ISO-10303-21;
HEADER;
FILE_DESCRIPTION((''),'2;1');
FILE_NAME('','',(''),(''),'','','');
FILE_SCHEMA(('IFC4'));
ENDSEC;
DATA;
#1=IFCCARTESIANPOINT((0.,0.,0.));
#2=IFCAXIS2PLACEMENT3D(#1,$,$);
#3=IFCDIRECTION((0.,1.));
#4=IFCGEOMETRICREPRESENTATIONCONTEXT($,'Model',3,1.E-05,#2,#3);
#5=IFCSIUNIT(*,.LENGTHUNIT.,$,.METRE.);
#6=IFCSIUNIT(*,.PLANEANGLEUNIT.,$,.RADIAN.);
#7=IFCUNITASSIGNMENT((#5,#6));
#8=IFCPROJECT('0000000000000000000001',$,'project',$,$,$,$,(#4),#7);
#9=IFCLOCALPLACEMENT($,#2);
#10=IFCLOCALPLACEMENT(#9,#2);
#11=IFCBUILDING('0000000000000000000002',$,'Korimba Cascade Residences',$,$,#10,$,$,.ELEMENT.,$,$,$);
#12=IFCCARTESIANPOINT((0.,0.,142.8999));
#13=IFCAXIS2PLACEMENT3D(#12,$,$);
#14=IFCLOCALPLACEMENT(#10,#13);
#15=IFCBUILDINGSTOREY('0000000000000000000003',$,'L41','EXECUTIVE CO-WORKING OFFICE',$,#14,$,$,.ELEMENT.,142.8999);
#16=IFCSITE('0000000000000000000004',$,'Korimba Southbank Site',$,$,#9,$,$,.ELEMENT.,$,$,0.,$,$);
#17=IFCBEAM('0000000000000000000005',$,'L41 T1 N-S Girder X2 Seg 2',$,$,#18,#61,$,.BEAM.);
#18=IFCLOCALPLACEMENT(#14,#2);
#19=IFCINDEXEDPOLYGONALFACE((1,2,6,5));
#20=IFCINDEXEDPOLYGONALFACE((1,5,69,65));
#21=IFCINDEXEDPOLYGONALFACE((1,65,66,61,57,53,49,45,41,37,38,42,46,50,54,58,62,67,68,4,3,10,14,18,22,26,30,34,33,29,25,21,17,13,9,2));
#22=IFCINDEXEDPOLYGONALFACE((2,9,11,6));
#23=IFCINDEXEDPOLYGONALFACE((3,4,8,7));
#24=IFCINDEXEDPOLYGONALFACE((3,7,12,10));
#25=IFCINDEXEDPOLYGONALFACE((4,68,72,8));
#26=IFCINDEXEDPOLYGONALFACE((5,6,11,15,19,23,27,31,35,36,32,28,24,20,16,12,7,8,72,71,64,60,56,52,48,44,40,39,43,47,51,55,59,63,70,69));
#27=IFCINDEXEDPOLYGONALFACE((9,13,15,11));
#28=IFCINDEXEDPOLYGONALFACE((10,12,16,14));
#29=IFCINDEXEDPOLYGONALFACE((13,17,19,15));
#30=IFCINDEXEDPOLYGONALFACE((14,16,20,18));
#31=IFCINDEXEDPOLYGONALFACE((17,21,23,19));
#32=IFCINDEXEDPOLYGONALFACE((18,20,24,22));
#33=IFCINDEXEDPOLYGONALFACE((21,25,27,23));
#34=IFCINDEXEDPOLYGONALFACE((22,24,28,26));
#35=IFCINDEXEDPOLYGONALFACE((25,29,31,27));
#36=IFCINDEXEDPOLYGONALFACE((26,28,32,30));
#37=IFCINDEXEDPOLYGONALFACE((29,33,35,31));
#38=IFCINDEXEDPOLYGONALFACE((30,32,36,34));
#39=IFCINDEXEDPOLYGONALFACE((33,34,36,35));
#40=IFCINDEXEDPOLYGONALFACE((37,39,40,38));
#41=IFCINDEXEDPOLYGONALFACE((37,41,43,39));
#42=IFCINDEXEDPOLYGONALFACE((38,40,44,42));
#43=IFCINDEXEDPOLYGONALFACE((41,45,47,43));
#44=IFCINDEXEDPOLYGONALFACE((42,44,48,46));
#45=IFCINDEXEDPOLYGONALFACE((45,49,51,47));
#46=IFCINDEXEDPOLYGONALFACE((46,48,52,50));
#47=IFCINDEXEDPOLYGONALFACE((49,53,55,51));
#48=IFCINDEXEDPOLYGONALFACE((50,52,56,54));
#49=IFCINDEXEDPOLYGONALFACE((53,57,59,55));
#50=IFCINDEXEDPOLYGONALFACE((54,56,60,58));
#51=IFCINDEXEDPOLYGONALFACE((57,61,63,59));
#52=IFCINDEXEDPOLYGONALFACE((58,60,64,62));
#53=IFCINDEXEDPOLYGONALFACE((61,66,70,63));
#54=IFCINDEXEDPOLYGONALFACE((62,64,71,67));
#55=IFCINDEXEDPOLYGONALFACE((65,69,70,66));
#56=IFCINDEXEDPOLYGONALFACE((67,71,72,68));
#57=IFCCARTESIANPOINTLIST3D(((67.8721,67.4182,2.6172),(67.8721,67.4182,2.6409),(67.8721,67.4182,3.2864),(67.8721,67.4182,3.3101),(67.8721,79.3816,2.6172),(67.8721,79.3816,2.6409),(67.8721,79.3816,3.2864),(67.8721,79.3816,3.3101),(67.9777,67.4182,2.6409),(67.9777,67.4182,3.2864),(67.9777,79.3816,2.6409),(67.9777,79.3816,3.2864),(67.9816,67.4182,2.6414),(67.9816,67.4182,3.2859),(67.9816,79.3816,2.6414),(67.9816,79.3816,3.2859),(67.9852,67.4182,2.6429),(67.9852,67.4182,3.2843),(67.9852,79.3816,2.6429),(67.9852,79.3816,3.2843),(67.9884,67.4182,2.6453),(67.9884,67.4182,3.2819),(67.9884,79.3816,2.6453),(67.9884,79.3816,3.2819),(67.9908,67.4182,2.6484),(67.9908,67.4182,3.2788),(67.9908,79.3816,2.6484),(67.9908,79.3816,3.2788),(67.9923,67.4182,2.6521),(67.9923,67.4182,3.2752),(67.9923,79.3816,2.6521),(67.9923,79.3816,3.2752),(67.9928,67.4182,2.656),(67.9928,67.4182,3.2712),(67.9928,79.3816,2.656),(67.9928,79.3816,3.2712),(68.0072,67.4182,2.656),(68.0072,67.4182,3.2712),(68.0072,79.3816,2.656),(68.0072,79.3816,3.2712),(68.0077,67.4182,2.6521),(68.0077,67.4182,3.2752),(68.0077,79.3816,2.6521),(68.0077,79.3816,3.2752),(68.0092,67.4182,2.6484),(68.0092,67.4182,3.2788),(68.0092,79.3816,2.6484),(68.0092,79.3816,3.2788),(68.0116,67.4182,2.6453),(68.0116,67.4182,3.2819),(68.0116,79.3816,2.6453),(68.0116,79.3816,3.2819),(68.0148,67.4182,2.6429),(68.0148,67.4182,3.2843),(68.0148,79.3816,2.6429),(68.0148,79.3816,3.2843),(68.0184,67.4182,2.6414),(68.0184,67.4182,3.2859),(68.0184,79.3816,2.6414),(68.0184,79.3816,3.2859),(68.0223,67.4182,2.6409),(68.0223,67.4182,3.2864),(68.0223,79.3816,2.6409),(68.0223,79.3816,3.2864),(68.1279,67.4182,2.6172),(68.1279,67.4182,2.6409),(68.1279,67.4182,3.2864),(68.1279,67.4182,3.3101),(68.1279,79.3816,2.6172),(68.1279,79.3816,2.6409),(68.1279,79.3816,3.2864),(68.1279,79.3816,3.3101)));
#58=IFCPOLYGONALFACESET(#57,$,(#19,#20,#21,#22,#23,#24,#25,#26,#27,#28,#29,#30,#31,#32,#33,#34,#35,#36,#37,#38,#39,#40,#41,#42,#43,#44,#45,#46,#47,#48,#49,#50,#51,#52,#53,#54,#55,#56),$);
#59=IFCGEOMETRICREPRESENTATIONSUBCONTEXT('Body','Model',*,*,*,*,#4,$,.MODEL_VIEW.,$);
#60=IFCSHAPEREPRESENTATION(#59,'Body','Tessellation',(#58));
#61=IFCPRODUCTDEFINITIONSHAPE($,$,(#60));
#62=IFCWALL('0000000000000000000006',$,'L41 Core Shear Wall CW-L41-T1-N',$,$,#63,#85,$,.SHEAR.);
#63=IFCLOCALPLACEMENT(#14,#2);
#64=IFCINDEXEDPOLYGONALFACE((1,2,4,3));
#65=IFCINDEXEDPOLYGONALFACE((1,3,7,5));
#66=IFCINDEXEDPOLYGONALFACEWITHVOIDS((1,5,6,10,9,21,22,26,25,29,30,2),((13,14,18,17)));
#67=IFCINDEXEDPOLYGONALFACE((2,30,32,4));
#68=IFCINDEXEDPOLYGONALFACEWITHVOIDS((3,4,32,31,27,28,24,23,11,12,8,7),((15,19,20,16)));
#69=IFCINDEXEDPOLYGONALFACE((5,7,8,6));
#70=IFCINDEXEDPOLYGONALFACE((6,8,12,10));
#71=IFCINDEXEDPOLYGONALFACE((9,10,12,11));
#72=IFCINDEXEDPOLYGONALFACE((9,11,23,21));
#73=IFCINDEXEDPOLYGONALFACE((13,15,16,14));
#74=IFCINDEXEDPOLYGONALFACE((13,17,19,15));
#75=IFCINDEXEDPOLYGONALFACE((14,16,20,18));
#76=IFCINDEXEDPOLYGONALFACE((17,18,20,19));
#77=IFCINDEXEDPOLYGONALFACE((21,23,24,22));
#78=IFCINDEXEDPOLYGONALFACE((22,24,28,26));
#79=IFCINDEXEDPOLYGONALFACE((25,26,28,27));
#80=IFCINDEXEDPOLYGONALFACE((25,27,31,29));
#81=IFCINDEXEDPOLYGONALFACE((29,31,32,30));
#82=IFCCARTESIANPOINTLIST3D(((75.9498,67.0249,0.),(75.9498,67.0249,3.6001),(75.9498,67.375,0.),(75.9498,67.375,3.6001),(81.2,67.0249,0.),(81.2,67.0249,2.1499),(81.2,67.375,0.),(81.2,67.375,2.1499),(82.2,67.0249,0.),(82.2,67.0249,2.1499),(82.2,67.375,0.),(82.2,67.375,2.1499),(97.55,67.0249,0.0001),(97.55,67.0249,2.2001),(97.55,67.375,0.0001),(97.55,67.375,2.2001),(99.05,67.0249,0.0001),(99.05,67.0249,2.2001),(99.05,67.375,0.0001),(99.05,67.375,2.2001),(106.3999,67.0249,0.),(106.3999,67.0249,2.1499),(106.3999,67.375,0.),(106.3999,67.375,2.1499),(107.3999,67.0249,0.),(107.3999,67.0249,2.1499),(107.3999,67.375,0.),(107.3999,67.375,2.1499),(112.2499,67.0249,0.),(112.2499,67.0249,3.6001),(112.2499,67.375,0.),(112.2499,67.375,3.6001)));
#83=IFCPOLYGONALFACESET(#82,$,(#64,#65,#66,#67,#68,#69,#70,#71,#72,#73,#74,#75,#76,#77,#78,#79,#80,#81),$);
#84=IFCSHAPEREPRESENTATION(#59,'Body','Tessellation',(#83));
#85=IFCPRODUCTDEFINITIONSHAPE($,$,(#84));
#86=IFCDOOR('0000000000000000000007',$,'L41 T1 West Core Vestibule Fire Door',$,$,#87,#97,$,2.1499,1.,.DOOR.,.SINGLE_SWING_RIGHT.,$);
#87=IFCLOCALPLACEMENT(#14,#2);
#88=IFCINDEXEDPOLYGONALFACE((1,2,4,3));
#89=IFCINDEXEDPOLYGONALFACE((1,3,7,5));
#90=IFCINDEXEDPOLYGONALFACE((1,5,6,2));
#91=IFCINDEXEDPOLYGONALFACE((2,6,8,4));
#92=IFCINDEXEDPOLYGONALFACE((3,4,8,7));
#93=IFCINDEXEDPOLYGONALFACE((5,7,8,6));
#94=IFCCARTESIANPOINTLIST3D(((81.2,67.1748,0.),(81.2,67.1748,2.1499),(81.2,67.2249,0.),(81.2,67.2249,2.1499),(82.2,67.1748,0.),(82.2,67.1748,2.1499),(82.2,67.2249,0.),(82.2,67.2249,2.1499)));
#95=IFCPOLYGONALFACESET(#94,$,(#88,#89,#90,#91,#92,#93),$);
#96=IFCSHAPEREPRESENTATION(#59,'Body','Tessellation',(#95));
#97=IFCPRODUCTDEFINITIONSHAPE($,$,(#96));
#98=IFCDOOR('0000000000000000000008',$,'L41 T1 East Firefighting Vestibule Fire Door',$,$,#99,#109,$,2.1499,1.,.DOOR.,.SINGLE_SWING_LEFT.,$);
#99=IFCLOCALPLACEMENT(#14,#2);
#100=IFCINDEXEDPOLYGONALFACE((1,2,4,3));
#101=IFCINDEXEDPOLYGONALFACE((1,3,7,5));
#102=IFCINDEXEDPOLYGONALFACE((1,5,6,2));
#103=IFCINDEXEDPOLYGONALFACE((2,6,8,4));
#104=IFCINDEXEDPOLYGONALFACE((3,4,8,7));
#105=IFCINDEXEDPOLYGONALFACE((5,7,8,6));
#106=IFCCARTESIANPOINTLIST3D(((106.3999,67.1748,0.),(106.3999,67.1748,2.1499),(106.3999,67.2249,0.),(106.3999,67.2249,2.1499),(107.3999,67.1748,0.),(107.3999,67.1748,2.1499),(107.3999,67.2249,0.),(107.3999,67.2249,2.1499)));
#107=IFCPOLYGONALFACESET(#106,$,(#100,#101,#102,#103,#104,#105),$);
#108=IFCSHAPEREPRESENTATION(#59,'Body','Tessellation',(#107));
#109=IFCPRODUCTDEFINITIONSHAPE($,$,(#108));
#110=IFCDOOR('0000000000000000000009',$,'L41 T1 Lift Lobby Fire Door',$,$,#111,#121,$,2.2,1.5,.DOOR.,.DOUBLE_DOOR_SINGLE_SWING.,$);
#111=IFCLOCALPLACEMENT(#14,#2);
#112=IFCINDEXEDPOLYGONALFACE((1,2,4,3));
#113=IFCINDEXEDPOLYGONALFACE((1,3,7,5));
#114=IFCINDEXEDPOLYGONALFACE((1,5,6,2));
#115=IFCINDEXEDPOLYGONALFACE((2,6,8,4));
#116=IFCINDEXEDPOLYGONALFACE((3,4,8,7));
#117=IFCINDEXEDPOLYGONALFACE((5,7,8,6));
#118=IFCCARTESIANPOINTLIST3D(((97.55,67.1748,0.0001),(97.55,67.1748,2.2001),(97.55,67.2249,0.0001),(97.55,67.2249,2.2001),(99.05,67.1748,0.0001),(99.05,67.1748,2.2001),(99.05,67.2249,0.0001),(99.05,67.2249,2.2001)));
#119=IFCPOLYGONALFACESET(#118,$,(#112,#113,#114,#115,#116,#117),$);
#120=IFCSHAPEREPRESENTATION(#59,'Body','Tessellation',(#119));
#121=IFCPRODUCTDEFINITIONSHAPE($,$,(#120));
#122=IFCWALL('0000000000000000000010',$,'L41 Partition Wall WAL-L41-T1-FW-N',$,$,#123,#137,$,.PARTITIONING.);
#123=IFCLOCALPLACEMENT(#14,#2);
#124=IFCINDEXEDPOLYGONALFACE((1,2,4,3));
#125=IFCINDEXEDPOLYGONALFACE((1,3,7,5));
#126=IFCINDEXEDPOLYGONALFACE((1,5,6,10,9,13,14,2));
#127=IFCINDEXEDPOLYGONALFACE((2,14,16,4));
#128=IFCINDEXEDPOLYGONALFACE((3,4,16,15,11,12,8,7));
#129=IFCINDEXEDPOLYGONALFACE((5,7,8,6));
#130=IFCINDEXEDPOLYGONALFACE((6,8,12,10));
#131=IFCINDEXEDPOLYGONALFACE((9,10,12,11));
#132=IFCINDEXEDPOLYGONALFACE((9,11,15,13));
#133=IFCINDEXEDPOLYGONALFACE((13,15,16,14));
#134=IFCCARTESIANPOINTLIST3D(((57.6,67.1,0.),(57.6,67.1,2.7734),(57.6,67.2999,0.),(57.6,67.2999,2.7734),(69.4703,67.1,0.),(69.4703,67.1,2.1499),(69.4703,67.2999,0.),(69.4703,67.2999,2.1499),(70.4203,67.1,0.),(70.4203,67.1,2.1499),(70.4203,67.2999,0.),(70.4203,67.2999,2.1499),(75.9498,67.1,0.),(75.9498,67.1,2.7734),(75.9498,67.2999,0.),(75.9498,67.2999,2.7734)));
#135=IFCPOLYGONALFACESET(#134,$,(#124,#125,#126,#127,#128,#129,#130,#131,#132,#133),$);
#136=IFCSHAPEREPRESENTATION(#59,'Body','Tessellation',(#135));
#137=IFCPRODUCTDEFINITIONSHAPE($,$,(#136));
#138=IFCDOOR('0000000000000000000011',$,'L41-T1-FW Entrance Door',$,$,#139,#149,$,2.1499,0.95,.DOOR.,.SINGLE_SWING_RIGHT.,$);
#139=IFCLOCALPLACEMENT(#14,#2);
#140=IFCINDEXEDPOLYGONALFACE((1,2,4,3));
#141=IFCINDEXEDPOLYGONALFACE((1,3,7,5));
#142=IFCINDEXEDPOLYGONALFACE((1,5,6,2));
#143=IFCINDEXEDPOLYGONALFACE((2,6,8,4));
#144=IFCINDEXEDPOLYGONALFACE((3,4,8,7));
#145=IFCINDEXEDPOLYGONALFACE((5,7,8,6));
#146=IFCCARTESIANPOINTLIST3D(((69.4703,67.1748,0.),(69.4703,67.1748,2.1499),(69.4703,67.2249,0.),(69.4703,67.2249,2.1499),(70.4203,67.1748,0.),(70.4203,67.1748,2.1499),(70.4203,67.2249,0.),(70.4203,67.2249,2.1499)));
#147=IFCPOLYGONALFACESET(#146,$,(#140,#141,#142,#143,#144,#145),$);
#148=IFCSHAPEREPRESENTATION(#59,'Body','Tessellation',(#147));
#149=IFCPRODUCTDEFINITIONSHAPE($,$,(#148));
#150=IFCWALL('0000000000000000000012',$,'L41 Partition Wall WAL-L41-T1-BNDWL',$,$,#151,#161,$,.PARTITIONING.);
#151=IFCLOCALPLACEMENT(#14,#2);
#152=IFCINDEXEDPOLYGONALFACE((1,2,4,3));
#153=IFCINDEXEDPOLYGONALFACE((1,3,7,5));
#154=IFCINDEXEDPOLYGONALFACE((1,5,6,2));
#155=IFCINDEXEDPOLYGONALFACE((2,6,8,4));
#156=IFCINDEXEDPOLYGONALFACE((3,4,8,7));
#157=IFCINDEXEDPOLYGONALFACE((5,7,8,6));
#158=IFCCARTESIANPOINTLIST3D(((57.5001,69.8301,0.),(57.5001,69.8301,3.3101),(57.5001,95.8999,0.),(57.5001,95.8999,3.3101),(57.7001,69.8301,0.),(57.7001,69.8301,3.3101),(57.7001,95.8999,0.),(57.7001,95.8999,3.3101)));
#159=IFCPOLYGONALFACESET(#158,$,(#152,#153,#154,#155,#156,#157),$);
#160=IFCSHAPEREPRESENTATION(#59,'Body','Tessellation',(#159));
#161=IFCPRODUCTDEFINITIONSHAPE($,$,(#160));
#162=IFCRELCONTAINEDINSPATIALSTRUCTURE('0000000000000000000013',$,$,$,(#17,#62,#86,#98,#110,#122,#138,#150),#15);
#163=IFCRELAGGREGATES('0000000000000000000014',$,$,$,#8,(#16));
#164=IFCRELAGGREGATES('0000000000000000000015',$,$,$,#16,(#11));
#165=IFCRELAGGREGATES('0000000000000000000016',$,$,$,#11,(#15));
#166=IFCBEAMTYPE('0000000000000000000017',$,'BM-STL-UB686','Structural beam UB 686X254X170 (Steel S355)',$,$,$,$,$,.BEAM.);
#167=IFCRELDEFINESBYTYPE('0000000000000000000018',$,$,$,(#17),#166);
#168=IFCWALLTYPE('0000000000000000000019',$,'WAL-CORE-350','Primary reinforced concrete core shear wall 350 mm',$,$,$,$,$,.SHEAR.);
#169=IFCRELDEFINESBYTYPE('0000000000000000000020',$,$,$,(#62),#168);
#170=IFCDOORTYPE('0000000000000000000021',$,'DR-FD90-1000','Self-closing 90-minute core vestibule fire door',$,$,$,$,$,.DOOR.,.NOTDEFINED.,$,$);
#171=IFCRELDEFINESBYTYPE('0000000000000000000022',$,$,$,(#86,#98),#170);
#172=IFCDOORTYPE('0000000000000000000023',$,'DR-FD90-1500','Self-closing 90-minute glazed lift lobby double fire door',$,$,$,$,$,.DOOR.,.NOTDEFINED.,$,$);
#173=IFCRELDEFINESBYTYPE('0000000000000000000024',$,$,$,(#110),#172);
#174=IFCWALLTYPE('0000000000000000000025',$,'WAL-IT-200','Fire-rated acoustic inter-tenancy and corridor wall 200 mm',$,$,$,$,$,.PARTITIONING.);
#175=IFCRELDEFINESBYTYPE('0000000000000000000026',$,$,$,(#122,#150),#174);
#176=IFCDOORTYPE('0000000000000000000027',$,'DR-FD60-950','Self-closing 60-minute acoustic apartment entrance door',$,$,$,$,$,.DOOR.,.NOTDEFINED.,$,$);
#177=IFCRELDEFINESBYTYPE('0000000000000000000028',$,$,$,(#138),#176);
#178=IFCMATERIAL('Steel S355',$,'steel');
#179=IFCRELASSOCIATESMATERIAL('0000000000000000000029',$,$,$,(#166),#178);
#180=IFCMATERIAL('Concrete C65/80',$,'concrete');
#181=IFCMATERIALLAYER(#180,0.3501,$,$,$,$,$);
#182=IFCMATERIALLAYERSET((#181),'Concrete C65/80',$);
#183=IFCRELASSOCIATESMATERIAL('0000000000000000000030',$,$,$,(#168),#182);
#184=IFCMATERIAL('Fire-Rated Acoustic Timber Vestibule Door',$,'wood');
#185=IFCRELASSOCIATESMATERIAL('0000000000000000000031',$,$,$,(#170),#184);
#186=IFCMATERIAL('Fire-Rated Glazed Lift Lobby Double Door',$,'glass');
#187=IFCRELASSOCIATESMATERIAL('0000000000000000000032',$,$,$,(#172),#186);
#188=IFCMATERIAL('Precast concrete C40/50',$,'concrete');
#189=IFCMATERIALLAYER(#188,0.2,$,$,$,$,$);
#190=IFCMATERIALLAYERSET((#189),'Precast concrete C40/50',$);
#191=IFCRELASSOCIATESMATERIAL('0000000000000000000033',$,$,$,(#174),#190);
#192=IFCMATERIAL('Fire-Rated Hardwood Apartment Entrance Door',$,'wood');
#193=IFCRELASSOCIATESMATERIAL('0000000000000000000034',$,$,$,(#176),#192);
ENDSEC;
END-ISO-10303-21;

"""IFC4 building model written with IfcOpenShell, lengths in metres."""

from ifc_helpers import new_model, si_unit, direction, frame, frame_2d, origin, origin_2d, place, context, subcontext, project, spatial, rectangle, i_section, extrude, material, layer, layer_set, material_profile, profile_set, type_object, element, fill, save


model = new_model("IFC4")

# Units and contexts
model_context = context("Model", 3, precision=1e-05, world=origin(), true_north=direction((0.0, 1.0)))
body_context = subcontext(model_context, "Body", "Model", "MODEL_VIEW")
ifc_project = project(units=[si_unit("LENGTHUNIT", "METRE"), si_unit("PLANEANGLEUNIT", "RADIAN")], contexts=[model_context])

# Site, building, storey
site_placement = place(None, origin())
site = spatial("IfcSite", under=ifc_project, at=site_placement, Name="Korimba Southbank Site", CompositionType="ELEMENT", RefElevation=0.0)
building_placement = place(site_placement, origin())
building = spatial("IfcBuilding", under=site, at=building_placement, Name="Korimba Cascade Residences", CompositionType="ELEMENT")
storey_placement = place(building_placement, frame((0.0, 0.0, 142.8999)))
storey = spatial("IfcBuildingStorey", under=building, at=storey_placement, Name="L41", Description="EXECUTIVE CO-WORKING OFFICE", CompositionType="ELEMENT", Elevation=142.8999)

# Beam
ifc_material_1 = material(Name="Steel S355", Category="steel")
ifc_material_profile_1 = material_profile(ifc_material_1, i_section(OverallWidth=0.2559, OverallDepth=0.6929, WebThickness=0.0144, FlangeThickness=0.0237, FilletRadius=0.0151, at=origin_2d()), Name="Steel S355")
ifc_profile_set_1 = profile_set([ifc_material_profile_1], Name="Steel S355")
beam_type_1 = type_object("IfcBeamType", Name="BM-STL-UB686", Description="Structural beam UB 686X254X170 (Steel S355)", PredefinedType="BEAM", material=ifc_profile_set_1)
for number, where, z_axis, x_axis, name in (
    (1, (68.0, 67.4182, 2.9636), (0.0, 1.0, 0.0), (-1.0, 0.0, 0.0), "L41 T1 N-S Girder X2 Seg 2"),
):
    element("IfcBeam", number, at=place(storey_placement, frame(where, z_axis=z_axis, x_axis=x_axis)), inside=storey, type_object=beam_type_1, Name=name, PredefinedType="BEAM", context=body_context, shape_type="SweptSolid", body=[
        extrude(i_section(OverallWidth=0.2559, OverallDepth=0.6929, WebThickness=0.0144, FlangeThickness=0.0237, FilletRadius=0.0151, at=origin_2d()), origin(), (0.0, 0.0, 1.0), 11.9634),
    ])

# Wall, openings, doors
ifc_material_2 = material(Name="Concrete C65/80", Category="concrete")
ifc_layer_1 = layer(ifc_material_2, 0.3501)
ifc_layer_set_1 = layer_set([ifc_layer_1], Name="Concrete C65/80")
wall_type_1 = type_object("IfcWallType", Name="WAL-CORE-350", Description="Primary reinforced concrete core shear wall 350 mm", PredefinedType="SHEAR", material=ifc_layer_set_1)
wall_1_placement = place(storey_placement, frame((75.95, 67.2, 0.0), z_axis=(0.0, 0.0, 1.0), x_axis=(1.0, 0.0, 0.0)))
wall_1 = element("IfcWall", 2, at=wall_1_placement, inside=storey, type_object=wall_type_1, Name="L41 Core Shear Wall CW-L41-T1-N", PredefinedType="SHEAR", context=body_context, shape_type="SweptSolid", body=[
    extrude(rectangle(XDim=36.3, YDim=0.3501, at=frame_2d((18.1499, 0.0))), origin(), (0.0, 0.0, 1.0), 3.6001),
])
opening_1_placement = place(wall_1_placement, frame((5.25, 0.0, 0.0)))
opening_1 = element("IfcOpeningElement", 3, at=opening_1_placement, cuts=wall_1, PredefinedType="OPENING", context=body_context, shape_type="SweptSolid", body=[
    extrude(rectangle(XDim=1.0, YDim=2.1499, at=frame_2d((0.5, 1.075))), frame((0.0, 0.1851, 0.0), z_axis=(0.0, -1.0, 0.0), x_axis=(1.0, 0.0, 0.0)), (0.0, 0.0, 1.0), 0.3701),
])
opening_2_placement = place(wall_1_placement, frame((21.6001, 0.0, 0.0)))
opening_2 = element("IfcOpeningElement", 4, at=opening_2_placement, cuts=wall_1, PredefinedType="OPENING", context=body_context, shape_type="SweptSolid", body=[
    extrude(rectangle(XDim=1.5, YDim=2.2, at=frame_2d((0.75, 1.1001))), frame((0.0, 0.1851, 0.0), z_axis=(0.0, -1.0, 0.0), x_axis=(1.0, 0.0, 0.0)), (0.0, 0.0, 1.0), 0.3701),
])
opening_3_placement = place(wall_1_placement, frame((30.45, 0.0, 0.0)))
opening_3 = element("IfcOpeningElement", 5, at=opening_3_placement, cuts=wall_1, PredefinedType="OPENING", context=body_context, shape_type="SweptSolid", body=[
    extrude(rectangle(XDim=1.0, YDim=2.1499, at=frame_2d((0.5, 1.075))), frame((0.0, 0.1851, 0.0), z_axis=(0.0, -1.0, 0.0), x_axis=(1.0, 0.0, 0.0)), (0.0, 0.0, 1.0), 0.3701),
])
ifc_material_3 = material(Name="Fire-Rated Acoustic Timber Vestibule Door", Category="wood")
door_type_1 = type_object("IfcDoorType", Name="DR-FD90-1000", Description="Self-closing 90-minute core vestibule fire door", OperationType="NOTDEFINED", PredefinedType="DOOR", material=ifc_material_3)
door_1_placement = place(opening_1_placement, origin())
door_1 = element("IfcDoor", 6, at=door_1_placement, inside=storey, type_object=door_type_1, Name="L41 T1 West Core Vestibule Fire Door", OperationType="SINGLE_SWING_RIGHT", OverallHeight=2.1499, OverallWidth=1.0, PredefinedType="DOOR", context=body_context, shape_type="SweptSolid", body=[
    extrude(rectangle(XDim=1.0, YDim=2.1499, at=frame_2d((0.5, 1.075))), frame((0.0, 0.0249, 0.0), z_axis=(0.0, -1.0, 0.0), x_axis=(1.0, 0.0, 0.0)), (0.0, 0.0, 1.0), 0.05),
])
fill(opening_1, door_1)
door_2_placement = place(opening_3_placement, origin())
door_2 = element("IfcDoor", 7, at=door_2_placement, inside=storey, type_object=door_type_1, Name="L41 T1 East Firefighting Vestibule Fire Door", OperationType="SINGLE_SWING_LEFT", OverallHeight=2.1499, OverallWidth=1.0, PredefinedType="DOOR", context=body_context, shape_type="SweptSolid", body=[
    extrude(rectangle(XDim=1.0, YDim=2.1499, at=frame_2d((0.5, 1.075))), frame((0.0, 0.0249, 0.0), z_axis=(0.0, -1.0, 0.0), x_axis=(1.0, 0.0, 0.0)), (0.0, 0.0, 1.0), 0.05),
])
fill(opening_3, door_2)
ifc_material_4 = material(Name="Fire-Rated Glazed Lift Lobby Double Door", Category="glass")
door_type_2 = type_object("IfcDoorType", Name="DR-FD90-1500", Description="Self-closing 90-minute glazed lift lobby double fire door", OperationType="NOTDEFINED", PredefinedType="DOOR", material=ifc_material_4)
door_3_placement = place(opening_2_placement, origin())
door_3 = element("IfcDoor", 8, at=door_3_placement, inside=storey, type_object=door_type_2, Name="L41 T1 Lift Lobby Fire Door", OperationType="DOUBLE_DOOR_SINGLE_SWING", OverallHeight=2.2, OverallWidth=1.5, PredefinedType="DOOR", context=body_context, shape_type="SweptSolid", body=[
    extrude(rectangle(XDim=1.5, YDim=2.2, at=frame_2d((0.75, 1.1001))), frame((0.0, 0.0249, 0.0), z_axis=(0.0, -1.0, 0.0), x_axis=(1.0, 0.0, 0.0)), (0.0, 0.0, 1.0), 0.05),
])
fill(opening_2, door_3)

# Wall, opening, door
ifc_material_5 = material(Name="Precast concrete C40/50", Category="concrete")
ifc_layer_2 = layer(ifc_material_5, 0.2)
ifc_layer_set_2 = layer_set([ifc_layer_2], Name="Precast concrete C40/50")
wall_type_2 = type_object("IfcWallType", Name="WAL-IT-200", Description="Fire-rated acoustic inter-tenancy and corridor wall 200 mm", PredefinedType="PARTITIONING", material=ifc_layer_set_2)
wall_2_placement = place(storey_placement, frame((57.6001, 67.2, 0.0), z_axis=(0.0, 0.0, 1.0), x_axis=(1.0, 0.0, 0.0)))
wall_2 = element("IfcWall", 9, at=wall_2_placement, inside=storey, type_object=wall_type_2, Name="L41 Partition Wall WAL-L41-T1-FW-N", PredefinedType="PARTITIONING", context=body_context, shape_type="SweptSolid", body=[
    extrude(rectangle(XDim=18.3499, YDim=0.2, at=frame_2d((9.1748, 0.0))), origin(), (0.0, 0.0, 1.0), 2.7734),
])
opening_4_placement = place(wall_2_placement, frame((11.8701, 0.0, 0.0)))
opening_4 = element("IfcOpeningElement", 10, at=opening_4_placement, cuts=wall_2, PredefinedType="OPENING", context=body_context, shape_type="SweptSolid", body=[
    extrude(rectangle(XDim=0.95, YDim=2.1499, at=frame_2d((0.4751, 1.075))), frame((0.0, 0.1099, 0.0), z_axis=(0.0, -1.0, 0.0), x_axis=(1.0, 0.0, 0.0)), (0.0, 0.0, 1.0), 0.22),
])
ifc_material_6 = material(Name="Fire-Rated Hardwood Apartment Entrance Door", Category="wood")
door_type_3 = type_object("IfcDoorType", Name="DR-FD60-950", Description="Self-closing 60-minute acoustic apartment entrance door", OperationType="NOTDEFINED", PredefinedType="DOOR", material=ifc_material_6)
door_4_placement = place(opening_4_placement, origin())
door_4 = element("IfcDoor", 11, at=door_4_placement, inside=storey, type_object=door_type_3, Name="L41-T1-FW Entrance Door", OperationType="SINGLE_SWING_RIGHT", OverallHeight=2.1499, OverallWidth=0.95, PredefinedType="DOOR", context=body_context, shape_type="SweptSolid", body=[
    extrude(rectangle(XDim=0.95, YDim=2.1499, at=frame_2d((0.4751, 1.075))), frame((0.0, 0.0249, 0.0), z_axis=(0.0, -1.0, 0.0), x_axis=(1.0, 0.0, 0.0)), (0.0, 0.0, 1.0), 0.05),
])
fill(opening_4, door_4)

# Wall
wall_3_placement = place(storey_placement, frame((57.6001, 69.8301, 0.0), z_axis=(0.0, 0.0, 1.0), x_axis=(0.0, 1.0, 0.0)))
element("IfcWall", 12, at=wall_3_placement, inside=storey, type_object=wall_type_2, Name="L41 Partition Wall WAL-L41-T1-BNDWL", PredefinedType="PARTITIONING", context=body_context, shape_type="SweptSolid", body=[
    extrude(rectangle(XDim=26.0698, YDim=0.2, at=frame_2d((13.0349, 0.0))), origin(), (0.0, 0.0, 1.0), 3.3101),
])

save(model, "model.ifc")
